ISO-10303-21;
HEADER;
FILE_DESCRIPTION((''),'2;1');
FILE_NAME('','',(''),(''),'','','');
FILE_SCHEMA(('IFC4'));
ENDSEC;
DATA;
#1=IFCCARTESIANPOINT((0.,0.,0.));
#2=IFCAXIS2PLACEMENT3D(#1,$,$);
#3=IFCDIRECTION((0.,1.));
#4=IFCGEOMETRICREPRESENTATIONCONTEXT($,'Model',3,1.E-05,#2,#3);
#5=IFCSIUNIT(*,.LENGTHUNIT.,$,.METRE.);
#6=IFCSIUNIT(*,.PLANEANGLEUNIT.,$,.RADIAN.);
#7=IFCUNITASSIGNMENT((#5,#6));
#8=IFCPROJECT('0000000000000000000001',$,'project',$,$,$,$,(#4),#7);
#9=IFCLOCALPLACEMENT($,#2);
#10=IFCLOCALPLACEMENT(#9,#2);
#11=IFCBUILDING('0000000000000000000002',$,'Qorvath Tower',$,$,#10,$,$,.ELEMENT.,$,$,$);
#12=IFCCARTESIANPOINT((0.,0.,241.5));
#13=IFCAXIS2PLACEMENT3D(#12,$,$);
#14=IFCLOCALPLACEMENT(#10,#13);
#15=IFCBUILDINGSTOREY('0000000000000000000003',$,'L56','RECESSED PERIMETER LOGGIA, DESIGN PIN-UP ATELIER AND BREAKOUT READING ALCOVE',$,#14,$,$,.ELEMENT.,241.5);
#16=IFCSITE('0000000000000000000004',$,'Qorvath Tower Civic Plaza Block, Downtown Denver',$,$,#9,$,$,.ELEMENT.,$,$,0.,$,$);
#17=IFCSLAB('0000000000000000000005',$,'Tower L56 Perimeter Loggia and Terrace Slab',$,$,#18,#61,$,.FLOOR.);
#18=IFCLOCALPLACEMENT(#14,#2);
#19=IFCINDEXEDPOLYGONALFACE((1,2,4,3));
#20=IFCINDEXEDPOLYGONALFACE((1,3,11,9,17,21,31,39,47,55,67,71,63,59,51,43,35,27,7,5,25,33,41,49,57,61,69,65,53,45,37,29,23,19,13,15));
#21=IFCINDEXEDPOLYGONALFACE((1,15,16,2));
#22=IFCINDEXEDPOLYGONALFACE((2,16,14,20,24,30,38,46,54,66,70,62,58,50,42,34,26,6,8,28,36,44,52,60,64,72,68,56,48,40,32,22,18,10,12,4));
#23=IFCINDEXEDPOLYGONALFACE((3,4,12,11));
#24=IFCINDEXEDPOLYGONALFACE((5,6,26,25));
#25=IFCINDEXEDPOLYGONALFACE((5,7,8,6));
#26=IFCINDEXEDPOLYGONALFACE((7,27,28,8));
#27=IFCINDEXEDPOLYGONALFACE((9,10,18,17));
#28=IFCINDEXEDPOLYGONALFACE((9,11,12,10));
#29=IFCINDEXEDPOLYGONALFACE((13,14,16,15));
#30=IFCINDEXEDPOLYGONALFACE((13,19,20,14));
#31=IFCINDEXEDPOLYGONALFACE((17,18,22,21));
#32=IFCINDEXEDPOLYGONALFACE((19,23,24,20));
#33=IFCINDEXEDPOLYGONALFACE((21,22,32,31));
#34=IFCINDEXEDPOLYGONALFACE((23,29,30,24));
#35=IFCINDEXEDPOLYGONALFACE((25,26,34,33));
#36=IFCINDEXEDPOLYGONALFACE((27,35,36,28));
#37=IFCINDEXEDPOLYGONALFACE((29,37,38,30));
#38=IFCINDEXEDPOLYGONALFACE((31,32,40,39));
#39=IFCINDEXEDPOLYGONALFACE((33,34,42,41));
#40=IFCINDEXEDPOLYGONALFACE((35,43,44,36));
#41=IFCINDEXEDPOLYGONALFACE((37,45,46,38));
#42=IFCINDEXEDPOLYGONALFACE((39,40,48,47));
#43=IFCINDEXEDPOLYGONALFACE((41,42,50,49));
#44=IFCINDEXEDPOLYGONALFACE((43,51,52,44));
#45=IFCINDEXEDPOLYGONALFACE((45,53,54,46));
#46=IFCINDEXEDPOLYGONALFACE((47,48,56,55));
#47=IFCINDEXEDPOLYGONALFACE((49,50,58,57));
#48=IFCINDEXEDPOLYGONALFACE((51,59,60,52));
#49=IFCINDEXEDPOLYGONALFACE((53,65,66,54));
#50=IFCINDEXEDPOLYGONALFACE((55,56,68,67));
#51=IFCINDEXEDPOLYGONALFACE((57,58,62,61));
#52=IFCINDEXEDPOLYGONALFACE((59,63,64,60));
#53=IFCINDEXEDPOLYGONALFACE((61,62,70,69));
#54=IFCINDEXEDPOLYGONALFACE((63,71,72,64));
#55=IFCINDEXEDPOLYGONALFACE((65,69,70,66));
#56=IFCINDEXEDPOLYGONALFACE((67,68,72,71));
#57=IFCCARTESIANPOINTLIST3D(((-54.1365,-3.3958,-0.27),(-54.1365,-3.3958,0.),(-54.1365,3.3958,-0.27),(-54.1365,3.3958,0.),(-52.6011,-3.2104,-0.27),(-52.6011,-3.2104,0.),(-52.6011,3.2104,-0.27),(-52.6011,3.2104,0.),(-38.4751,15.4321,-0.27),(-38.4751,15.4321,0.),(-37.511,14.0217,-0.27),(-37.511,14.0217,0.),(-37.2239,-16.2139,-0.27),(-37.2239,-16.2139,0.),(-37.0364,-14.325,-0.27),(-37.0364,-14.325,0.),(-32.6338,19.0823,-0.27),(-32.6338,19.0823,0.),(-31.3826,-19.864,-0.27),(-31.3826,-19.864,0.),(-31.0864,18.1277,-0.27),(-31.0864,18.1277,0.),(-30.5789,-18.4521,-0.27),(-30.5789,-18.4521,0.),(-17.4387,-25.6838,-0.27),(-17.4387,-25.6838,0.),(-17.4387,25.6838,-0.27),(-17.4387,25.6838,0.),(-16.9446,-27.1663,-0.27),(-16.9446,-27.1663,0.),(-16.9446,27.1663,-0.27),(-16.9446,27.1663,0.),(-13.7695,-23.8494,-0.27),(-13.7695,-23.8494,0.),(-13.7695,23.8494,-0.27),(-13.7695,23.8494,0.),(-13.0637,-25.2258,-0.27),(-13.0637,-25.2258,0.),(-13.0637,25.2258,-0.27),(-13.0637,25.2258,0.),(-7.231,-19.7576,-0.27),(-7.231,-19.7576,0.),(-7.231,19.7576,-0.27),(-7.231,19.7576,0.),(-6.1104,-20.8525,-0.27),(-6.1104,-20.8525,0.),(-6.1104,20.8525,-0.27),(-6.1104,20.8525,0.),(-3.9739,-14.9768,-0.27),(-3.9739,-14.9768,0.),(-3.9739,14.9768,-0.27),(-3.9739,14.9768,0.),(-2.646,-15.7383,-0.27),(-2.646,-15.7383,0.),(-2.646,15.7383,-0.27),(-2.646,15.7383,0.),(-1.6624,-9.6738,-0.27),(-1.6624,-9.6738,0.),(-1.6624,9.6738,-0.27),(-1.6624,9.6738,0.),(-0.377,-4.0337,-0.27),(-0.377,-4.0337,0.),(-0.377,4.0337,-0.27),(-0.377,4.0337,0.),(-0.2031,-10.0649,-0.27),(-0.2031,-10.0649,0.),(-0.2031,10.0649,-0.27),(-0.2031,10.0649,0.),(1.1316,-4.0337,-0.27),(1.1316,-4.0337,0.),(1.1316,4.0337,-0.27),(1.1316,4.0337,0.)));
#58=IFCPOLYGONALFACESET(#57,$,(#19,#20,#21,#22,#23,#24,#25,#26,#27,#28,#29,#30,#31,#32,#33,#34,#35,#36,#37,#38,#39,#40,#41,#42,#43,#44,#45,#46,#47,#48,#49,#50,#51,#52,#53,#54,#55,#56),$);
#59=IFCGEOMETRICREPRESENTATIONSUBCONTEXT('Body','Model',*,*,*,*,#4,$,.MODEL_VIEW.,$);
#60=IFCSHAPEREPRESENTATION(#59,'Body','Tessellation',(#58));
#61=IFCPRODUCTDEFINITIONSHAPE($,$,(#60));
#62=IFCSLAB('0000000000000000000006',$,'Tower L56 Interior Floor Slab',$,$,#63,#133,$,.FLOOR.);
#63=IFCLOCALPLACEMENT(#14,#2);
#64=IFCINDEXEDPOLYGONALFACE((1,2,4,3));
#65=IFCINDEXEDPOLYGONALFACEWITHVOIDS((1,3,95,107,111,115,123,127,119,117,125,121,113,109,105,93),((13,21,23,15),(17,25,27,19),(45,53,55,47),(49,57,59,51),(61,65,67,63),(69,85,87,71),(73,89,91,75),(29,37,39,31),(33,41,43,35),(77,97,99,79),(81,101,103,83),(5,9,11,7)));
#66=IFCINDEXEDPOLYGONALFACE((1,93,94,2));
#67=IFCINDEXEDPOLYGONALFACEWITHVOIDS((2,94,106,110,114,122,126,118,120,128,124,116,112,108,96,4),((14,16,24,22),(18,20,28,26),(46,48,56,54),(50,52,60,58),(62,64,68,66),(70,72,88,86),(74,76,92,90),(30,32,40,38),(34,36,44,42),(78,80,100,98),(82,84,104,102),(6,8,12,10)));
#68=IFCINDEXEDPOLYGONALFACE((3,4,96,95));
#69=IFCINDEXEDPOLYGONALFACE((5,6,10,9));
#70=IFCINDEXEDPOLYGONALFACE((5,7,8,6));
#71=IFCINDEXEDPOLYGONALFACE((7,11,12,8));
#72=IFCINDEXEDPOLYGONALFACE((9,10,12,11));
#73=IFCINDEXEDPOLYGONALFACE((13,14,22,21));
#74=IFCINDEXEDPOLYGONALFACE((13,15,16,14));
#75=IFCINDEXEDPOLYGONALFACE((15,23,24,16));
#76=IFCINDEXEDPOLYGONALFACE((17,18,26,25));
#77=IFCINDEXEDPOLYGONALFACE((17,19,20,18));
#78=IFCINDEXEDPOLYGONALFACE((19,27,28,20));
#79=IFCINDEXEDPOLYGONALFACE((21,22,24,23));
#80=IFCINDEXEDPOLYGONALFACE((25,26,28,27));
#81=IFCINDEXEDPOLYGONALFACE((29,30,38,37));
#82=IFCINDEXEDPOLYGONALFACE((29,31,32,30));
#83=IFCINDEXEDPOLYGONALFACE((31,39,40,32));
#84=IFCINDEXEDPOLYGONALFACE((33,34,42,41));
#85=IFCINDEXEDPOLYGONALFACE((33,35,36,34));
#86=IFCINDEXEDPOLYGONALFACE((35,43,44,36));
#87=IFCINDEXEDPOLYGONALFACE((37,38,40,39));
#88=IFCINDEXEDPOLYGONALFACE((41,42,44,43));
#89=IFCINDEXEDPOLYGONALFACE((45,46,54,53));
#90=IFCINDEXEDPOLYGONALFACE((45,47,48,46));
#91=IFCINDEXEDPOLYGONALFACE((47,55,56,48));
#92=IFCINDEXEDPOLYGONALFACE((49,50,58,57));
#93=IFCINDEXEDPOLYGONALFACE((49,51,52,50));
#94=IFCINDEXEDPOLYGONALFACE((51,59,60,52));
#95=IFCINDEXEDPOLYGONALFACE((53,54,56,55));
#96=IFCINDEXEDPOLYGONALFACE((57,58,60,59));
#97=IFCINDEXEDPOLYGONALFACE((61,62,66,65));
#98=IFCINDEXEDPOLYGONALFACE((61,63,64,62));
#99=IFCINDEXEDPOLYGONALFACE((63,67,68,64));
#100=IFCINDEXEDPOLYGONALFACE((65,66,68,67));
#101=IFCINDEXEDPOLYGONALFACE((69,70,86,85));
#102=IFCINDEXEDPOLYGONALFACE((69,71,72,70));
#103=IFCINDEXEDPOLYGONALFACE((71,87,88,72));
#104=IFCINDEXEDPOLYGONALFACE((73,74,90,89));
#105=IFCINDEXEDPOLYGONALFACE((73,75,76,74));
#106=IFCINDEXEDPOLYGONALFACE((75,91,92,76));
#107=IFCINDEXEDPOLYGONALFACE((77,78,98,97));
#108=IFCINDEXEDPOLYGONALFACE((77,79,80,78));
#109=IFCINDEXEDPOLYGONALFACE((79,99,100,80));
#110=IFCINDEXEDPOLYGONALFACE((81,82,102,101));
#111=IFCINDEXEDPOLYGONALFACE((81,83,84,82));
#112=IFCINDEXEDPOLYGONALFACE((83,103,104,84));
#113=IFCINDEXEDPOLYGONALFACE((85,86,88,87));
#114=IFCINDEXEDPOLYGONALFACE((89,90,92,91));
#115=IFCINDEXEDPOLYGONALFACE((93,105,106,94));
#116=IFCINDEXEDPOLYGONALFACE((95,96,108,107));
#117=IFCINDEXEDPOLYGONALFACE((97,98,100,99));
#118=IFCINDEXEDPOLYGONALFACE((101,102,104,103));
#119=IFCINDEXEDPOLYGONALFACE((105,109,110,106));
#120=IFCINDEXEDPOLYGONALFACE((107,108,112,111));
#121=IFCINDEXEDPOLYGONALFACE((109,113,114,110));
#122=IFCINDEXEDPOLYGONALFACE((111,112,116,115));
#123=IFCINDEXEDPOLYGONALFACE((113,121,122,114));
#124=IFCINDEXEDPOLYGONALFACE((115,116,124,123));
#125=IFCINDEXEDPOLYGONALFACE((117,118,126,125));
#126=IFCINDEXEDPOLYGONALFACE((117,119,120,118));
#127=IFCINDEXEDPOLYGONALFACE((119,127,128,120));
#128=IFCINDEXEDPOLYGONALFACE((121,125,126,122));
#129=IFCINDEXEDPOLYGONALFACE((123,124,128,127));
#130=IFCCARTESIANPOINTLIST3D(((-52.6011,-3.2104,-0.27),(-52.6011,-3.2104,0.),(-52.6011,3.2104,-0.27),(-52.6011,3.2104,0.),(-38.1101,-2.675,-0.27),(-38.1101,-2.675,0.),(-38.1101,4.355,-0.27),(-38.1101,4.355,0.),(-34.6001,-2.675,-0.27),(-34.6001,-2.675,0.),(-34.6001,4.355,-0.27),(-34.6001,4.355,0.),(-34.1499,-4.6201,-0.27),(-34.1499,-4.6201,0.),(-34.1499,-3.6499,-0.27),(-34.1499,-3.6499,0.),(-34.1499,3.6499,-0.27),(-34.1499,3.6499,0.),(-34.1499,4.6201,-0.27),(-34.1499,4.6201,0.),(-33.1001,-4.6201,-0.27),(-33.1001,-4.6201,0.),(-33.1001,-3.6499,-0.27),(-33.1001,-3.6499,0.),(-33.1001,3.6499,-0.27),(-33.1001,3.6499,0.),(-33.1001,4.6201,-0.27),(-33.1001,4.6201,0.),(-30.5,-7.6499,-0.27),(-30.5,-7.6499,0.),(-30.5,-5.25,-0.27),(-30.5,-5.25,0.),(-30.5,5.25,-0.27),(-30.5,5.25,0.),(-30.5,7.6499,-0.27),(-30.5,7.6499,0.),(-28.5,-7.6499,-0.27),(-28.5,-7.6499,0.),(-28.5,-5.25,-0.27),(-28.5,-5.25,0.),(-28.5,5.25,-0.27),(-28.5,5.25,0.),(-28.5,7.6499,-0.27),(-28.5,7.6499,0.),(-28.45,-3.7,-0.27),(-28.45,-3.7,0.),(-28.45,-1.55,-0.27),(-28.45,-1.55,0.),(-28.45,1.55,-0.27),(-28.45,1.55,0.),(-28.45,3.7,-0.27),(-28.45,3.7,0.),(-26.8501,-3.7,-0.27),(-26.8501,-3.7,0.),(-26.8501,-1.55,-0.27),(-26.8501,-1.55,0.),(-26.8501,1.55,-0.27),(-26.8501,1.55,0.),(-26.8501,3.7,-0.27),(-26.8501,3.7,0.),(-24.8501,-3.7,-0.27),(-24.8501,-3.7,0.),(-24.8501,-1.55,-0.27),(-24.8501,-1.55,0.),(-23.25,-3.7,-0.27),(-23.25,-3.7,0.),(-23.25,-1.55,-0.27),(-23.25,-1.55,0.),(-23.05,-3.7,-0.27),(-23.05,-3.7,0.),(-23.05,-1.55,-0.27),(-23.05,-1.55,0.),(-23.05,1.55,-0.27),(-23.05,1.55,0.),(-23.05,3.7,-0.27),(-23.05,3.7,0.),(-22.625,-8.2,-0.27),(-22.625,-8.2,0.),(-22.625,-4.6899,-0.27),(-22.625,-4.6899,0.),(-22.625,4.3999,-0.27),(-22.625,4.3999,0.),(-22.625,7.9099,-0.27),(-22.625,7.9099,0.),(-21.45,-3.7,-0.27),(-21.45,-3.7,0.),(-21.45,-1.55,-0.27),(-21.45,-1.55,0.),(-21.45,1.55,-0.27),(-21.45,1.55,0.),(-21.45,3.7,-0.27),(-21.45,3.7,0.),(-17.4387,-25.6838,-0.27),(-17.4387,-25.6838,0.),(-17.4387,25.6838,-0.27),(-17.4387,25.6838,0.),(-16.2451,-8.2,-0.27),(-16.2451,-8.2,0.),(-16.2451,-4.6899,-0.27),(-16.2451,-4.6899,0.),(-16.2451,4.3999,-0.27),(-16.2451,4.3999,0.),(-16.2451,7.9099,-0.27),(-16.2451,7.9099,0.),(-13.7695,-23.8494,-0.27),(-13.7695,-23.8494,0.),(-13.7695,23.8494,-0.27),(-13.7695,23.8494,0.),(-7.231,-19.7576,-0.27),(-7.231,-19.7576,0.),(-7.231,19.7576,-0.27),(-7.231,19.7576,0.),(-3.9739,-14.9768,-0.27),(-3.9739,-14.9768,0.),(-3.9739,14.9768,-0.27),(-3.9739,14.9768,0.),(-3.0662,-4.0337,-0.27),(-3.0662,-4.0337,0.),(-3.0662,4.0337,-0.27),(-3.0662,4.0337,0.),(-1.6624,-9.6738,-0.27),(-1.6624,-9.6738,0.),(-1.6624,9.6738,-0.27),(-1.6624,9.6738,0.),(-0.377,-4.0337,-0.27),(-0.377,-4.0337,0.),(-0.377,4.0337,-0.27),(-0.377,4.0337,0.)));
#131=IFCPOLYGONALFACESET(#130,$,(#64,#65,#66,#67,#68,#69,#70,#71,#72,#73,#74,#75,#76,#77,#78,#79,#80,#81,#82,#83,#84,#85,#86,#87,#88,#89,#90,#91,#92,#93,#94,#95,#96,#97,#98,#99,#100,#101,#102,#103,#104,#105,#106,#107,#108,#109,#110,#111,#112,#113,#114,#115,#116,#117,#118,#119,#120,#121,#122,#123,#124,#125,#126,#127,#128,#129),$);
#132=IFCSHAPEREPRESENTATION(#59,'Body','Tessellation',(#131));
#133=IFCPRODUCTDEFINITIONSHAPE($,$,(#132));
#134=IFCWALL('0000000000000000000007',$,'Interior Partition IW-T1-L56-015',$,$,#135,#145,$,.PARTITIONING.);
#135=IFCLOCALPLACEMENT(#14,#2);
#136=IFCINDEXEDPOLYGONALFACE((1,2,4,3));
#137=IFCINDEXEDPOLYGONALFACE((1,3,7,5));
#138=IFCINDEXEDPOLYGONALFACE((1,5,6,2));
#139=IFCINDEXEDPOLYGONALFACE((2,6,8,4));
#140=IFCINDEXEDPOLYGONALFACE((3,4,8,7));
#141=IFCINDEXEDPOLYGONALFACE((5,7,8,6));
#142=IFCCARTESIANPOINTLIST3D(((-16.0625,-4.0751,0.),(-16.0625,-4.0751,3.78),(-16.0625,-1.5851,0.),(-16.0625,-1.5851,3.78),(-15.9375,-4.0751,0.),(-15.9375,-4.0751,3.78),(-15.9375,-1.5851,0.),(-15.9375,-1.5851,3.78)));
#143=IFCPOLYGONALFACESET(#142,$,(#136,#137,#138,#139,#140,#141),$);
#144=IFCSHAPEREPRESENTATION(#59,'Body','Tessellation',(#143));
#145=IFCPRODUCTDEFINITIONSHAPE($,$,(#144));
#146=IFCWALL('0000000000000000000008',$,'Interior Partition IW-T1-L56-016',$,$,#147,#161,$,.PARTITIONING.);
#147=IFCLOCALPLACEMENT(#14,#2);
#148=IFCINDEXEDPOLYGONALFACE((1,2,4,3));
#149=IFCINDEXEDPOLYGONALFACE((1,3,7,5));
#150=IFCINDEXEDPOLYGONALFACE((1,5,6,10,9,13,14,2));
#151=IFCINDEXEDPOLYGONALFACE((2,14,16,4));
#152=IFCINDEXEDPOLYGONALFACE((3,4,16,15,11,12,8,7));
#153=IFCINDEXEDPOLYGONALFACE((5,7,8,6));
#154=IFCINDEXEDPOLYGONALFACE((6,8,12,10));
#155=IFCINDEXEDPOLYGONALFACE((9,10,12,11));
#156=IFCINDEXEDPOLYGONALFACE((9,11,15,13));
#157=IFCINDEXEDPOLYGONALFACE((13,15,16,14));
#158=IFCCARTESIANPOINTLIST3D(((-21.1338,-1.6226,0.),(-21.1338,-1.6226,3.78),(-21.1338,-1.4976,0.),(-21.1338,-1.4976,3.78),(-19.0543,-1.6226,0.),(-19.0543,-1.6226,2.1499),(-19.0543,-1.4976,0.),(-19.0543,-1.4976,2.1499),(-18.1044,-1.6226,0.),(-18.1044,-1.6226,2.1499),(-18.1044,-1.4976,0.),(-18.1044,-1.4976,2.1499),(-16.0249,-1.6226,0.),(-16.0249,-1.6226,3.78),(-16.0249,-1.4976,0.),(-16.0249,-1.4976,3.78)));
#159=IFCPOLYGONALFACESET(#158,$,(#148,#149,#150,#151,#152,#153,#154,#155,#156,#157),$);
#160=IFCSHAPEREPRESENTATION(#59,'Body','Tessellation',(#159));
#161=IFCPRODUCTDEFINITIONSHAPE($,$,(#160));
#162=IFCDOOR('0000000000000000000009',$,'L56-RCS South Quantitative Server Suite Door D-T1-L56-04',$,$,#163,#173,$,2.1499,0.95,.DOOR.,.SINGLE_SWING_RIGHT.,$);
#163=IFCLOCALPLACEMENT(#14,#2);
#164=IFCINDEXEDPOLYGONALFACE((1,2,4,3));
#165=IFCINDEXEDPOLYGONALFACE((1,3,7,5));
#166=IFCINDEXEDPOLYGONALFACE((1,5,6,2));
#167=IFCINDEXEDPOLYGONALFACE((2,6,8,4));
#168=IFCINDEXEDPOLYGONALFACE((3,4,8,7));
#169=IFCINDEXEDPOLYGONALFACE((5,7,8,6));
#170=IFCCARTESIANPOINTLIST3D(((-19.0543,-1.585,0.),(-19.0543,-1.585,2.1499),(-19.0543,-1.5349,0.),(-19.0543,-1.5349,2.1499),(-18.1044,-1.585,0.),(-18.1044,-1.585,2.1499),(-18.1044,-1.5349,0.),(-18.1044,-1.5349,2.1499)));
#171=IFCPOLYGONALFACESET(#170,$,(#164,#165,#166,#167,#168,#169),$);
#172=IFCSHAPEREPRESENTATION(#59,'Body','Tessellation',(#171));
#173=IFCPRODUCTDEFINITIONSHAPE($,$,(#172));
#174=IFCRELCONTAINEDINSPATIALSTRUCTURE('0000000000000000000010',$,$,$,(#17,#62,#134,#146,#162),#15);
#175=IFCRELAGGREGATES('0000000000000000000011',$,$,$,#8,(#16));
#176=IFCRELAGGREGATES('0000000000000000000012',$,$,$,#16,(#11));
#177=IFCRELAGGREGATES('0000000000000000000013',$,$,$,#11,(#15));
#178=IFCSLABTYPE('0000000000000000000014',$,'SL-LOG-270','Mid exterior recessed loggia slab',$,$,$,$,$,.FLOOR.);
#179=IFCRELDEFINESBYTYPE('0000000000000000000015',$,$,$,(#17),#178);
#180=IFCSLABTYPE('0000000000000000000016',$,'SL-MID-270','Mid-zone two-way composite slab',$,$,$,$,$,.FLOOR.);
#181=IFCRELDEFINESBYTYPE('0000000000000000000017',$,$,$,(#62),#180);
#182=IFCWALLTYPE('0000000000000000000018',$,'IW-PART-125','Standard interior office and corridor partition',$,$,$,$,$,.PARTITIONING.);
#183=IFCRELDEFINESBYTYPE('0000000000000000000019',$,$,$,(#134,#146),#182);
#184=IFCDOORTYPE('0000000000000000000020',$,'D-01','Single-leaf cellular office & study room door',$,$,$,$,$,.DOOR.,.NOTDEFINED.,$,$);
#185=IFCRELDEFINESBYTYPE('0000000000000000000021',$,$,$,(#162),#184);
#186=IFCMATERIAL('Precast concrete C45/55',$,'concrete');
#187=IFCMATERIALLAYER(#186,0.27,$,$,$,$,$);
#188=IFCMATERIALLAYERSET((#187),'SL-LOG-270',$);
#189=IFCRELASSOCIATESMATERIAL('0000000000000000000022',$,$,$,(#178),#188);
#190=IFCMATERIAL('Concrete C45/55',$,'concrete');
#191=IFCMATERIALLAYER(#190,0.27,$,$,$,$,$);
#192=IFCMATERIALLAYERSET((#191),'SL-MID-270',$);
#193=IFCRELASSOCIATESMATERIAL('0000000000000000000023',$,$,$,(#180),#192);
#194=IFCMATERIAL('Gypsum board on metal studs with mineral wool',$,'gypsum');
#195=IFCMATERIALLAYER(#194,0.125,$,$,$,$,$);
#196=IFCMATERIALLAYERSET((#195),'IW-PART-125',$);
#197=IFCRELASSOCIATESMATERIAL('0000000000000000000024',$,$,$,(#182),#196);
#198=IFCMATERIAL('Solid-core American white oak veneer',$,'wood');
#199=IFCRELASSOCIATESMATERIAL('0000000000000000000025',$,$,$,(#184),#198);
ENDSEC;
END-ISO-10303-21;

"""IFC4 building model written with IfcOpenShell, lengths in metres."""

from ifc_helpers import new_model, si_unit, direction, frame, frame_2d, origin, place, context, subcontext, project, spatial, polyline, rectangle, outline, extrude, material, layer, layer_set, type_object, element, fill, save


model = new_model("IFC4")

# Units and contexts
model_context = context("Model", 3, precision=1e-05, world=origin(), true_north=direction((0.0, 1.0)))
body_context = subcontext(model_context, "Body", "Model", "MODEL_VIEW")
ifc_project = project(units=[si_unit("LENGTHUNIT", "METRE"), si_unit("PLANEANGLEUNIT", "RADIAN")], contexts=[model_context])

# Site, building, storey
site_placement = place(None, origin())
site = spatial("IfcSite", under=ifc_project, at=site_placement, Name="Qorvath Tower Civic Plaza Block, Downtown Denver", CompositionType="ELEMENT", RefElevation=0.0)
building_placement = place(site_placement, origin())
building = spatial("IfcBuilding", under=site, at=building_placement, Name="Qorvath Tower", CompositionType="ELEMENT")
storey_placement = place(building_placement, frame((0.0, 0.0, 241.5)))
storey = spatial("IfcBuildingStorey", under=building, at=storey_placement, Name="L56", Description="RECESSED PERIMETER LOGGIA, DESIGN PIN-UP ATELIER AND BREAKOUT READING ALCOVE", CompositionType="ELEMENT", Elevation=241.5)

# Slabs
ifc_material_1 = material(Name="Precast concrete C45/55", Category="concrete")
ifc_layer_1 = layer(ifc_material_1, 0.27)
ifc_layer_set_1 = layer_set([ifc_layer_1], Name="SL-LOG-270")
slab_type_1 = type_object("IfcSlabType", Name="SL-LOG-270", Description="Mid exterior recessed loggia slab", PredefinedType="FLOOR", material=ifc_layer_set_1)
slab_1_placement = place(storey_placement, frame((0.0, 0.0, -0.27)))
element("IfcSlab", 1, at=slab_1_placement, inside=storey, type_object=slab_type_1, Name="Tower L56 Perimeter Loggia and Terrace Slab", PredefinedType="FLOOR", context=body_context, shape_type="SweptSolid", body=[
    extrude(outline(polyline([(-31.3826, -19.864), (-30.5789, -18.4521), (-16.9446, -27.1663), (-13.0637, -25.2258), (-6.1104, -20.8525), (-2.646, -15.7383), (-0.2031, -10.0649), (1.1316, -4.0337), (-0.377, -4.0337), (-1.6624, -9.6738), (-3.9739, -14.9768), (-7.231, -19.7576), (-13.7695, -23.8494), (-17.4387, -25.6838), (-52.6011, -3.2104), (-52.6011, 3.2104), (-17.4387, 25.6838), (-13.7695, 23.8494), (-7.231, 19.7576), (-3.9739, 14.9768), (-1.6624, 9.6738), (-0.377, 4.0337), (1.1316, 4.0337), (-0.2031, 10.0649), (-2.646, 15.7383), (-6.1104, 20.8525), (-13.0637, 25.2258), (-16.9446, 27.1663), (-31.0864, 18.1277), (-32.6338, 19.0823), (-38.4751, 15.4321), (-37.511, 14.0217), (-54.1365, 3.3958), (-54.1365, -3.3958), (-37.0364, -14.325), (-37.2239, -16.2139), (-31.3826, -19.864)])), origin(), (0.0, 0.0, 1.0), 0.27),
])
ifc_material_2 = material(Name="Concrete C45/55", Category="concrete")
ifc_layer_2 = layer(ifc_material_2, 0.27)
ifc_layer_set_2 = layer_set([ifc_layer_2], Name="SL-MID-270")
slab_type_2 = type_object("IfcSlabType", Name="SL-MID-270", Description="Mid-zone two-way composite slab", PredefinedType="FLOOR", material=ifc_layer_set_2)
slab_2_placement = place(storey_placement, frame((0.0, 0.0, -0.27)))
element("IfcSlab", 2, at=slab_2_placement, inside=storey, type_object=slab_type_2, Name="Tower L56 Interior Floor Slab", PredefinedType="FLOOR", context=body_context, shape_type="SweptSolid", body=[
    extrude(outline(polyline([(-52.6011, 3.2104), (-52.6011, -3.2104), (-17.4387, -25.6838), (-13.7695, -23.8494), (-7.231, -19.7576), (-3.9739, -14.9768), (-1.6624, -9.6738), (-0.377, -4.0337), (-3.0662, -4.0337), (-3.0662, 4.0337), (-0.377, 4.0337), (-1.6624, 9.6738), (-3.9739, 14.9768), (-7.231, 19.7576), (-13.7695, 23.8494), (-17.4387, 25.6838), (-52.6011, 3.2104)]), holes=[polyline([(-16.2451, -8.2), (-22.625, -8.2), (-22.625, -4.6899), (-16.2451, -4.6899), (-16.2451, -8.2)]), polyline([(-22.625, 4.3999), (-22.625, 7.9099), (-16.2451, 7.9099), (-16.2451, 4.3999), (-22.625, 4.3999)]), polyline([(-21.45, -3.7), (-23.05, -3.7), (-23.05, -1.55), (-21.45, -1.55), (-21.45, -3.7)]), polyline([(-23.05, 1.55), (-23.05, 3.7), (-21.45, 3.7), (-21.45, 1.55), (-23.05, 1.55)]), polyline([(-24.8501, -3.7), (-24.8501, -1.55), (-23.25, -1.55), (-23.25, -3.7), (-24.8501, -3.7)]), polyline([(-28.45, -3.7), (-28.45, -1.55), (-26.8501, -1.55), (-26.8501, -3.7), (-28.45, -3.7)]), polyline([(-26.8501, 1.55), (-28.45, 1.55), (-28.45, 3.7), (-26.8501, 3.7), (-26.8501, 1.55)]), polyline([(-28.5, -7.6499), (-30.5, -7.6499), (-30.5, -5.25), (-28.5, -5.25), (-28.5, -7.6499)]), polyline([(-30.5, 5.25), (-30.5, 7.6499), (-28.5, 7.6499), (-28.5, 5.25), (-30.5, 5.25)]), polyline([(-34.1499, -4.6201), (-34.1499, -3.6499), (-33.1001, -3.6499), (-33.1001, -4.6201), (-34.1499, -4.6201)]), polyline([(-34.1499, 3.6499), (-34.1499, 4.6201), (-33.1001, 4.6201), (-33.1001, 3.6499), (-34.1499, 3.6499)]), polyline([(-34.6001, -2.675), (-38.1101, -2.675), (-38.1101, 4.355), (-34.6001, 4.355), (-34.6001, -2.675)])]), origin(), (0.0, 0.0, 1.0), 0.27),
])

# Wall
ifc_material_3 = material(Name="Gypsum board on metal studs with mineral wool", Category="gypsum")
ifc_layer_3 = layer(ifc_material_3, 0.125)
ifc_layer_set_3 = layer_set([ifc_layer_3], Name="IW-PART-125")
wall_type_1 = type_object("IfcWallType", Name="IW-PART-125", Description="Standard interior office and corridor partition", PredefinedType="PARTITIONING", material=ifc_layer_set_3)
wall_1_placement = place(storey_placement, frame((-16.0, -4.0752, 0.0), z_axis=(0.0, 0.0, 1.0), x_axis=(0.0, 1.0, 0.0)))
element("IfcWall", 3, at=wall_1_placement, inside=storey, type_object=wall_type_1, Name="Interior Partition IW-T1-L56-015", PredefinedType="PARTITIONING", context=body_context, shape_type="SweptSolid", body=[
    extrude(rectangle(XDim=2.49, YDim=0.125, at=frame_2d((1.2451, 0.0))), origin(), (0.0, 0.0, 1.0), 3.78),
])

# Wall, opening, door
wall_2_placement = place(storey_placement, frame((-16.0249, -1.5601, 0.0), z_axis=(0.0, 0.0, 1.0), x_axis=(-1.0, 0.0, 0.0)))
wall_2 = element("IfcWall", 4, at=wall_2_placement, inside=storey, type_object=wall_type_1, Name="Interior Partition IW-T1-L56-016", PredefinedType="PARTITIONING", context=body_context, shape_type="SweptSolid", body=[
    extrude(rectangle(XDim=5.1089, YDim=0.125, at=frame_2d((2.5544, 0.0))), origin(), (0.0, 0.0, 1.0), 3.78),
])
opening_1_placement = place(wall_2_placement, frame((2.0793, 0.0, 0.0)))
opening_1 = element("IfcOpeningElement", 5, at=opening_1_placement, cuts=wall_2, PredefinedType="OPENING", context=body_context, shape_type="SweptSolid", body=[
    extrude(rectangle(XDim=0.95, YDim=2.1499, at=frame_2d((0.4751, 1.075))), frame((0.0, 0.0725, 0.0), z_axis=(0.0, -1.0, 0.0), x_axis=(1.0, 0.0, 0.0)), (0.0, 0.0, 1.0), 0.145),
])
ifc_material_4 = material(Name="Solid-core American white oak veneer", Category="wood")
door_type = type_object("IfcDoorType", Name="D-01", Description="Single-leaf cellular office & study room door", OperationType="NOTDEFINED", PredefinedType="DOOR", material=ifc_material_4)
door_1_placement = place(opening_1_placement, origin())
door_1 = element("IfcDoor", 6, at=door_1_placement, inside=storey, type_object=door_type, Name="L56-RCS South Quantitative Server Suite Door D-T1-L56-04", OperationType="SINGLE_SWING_RIGHT", OverallHeight=2.1499, OverallWidth=0.95, PredefinedType="DOOR", context=body_context, shape_type="SweptSolid", body=[
    extrude(rectangle(XDim=0.95, YDim=2.1499, at=frame_2d((0.4751, 1.075))), frame((0.0, 0.0249, 0.0), z_axis=(0.0, -1.0, 0.0), x_axis=(1.0, 0.0, 0.0)), (0.0, 0.0, 1.0), 0.05),
])
fill(opening_1, door_1)

save(model, "model.ifc")
